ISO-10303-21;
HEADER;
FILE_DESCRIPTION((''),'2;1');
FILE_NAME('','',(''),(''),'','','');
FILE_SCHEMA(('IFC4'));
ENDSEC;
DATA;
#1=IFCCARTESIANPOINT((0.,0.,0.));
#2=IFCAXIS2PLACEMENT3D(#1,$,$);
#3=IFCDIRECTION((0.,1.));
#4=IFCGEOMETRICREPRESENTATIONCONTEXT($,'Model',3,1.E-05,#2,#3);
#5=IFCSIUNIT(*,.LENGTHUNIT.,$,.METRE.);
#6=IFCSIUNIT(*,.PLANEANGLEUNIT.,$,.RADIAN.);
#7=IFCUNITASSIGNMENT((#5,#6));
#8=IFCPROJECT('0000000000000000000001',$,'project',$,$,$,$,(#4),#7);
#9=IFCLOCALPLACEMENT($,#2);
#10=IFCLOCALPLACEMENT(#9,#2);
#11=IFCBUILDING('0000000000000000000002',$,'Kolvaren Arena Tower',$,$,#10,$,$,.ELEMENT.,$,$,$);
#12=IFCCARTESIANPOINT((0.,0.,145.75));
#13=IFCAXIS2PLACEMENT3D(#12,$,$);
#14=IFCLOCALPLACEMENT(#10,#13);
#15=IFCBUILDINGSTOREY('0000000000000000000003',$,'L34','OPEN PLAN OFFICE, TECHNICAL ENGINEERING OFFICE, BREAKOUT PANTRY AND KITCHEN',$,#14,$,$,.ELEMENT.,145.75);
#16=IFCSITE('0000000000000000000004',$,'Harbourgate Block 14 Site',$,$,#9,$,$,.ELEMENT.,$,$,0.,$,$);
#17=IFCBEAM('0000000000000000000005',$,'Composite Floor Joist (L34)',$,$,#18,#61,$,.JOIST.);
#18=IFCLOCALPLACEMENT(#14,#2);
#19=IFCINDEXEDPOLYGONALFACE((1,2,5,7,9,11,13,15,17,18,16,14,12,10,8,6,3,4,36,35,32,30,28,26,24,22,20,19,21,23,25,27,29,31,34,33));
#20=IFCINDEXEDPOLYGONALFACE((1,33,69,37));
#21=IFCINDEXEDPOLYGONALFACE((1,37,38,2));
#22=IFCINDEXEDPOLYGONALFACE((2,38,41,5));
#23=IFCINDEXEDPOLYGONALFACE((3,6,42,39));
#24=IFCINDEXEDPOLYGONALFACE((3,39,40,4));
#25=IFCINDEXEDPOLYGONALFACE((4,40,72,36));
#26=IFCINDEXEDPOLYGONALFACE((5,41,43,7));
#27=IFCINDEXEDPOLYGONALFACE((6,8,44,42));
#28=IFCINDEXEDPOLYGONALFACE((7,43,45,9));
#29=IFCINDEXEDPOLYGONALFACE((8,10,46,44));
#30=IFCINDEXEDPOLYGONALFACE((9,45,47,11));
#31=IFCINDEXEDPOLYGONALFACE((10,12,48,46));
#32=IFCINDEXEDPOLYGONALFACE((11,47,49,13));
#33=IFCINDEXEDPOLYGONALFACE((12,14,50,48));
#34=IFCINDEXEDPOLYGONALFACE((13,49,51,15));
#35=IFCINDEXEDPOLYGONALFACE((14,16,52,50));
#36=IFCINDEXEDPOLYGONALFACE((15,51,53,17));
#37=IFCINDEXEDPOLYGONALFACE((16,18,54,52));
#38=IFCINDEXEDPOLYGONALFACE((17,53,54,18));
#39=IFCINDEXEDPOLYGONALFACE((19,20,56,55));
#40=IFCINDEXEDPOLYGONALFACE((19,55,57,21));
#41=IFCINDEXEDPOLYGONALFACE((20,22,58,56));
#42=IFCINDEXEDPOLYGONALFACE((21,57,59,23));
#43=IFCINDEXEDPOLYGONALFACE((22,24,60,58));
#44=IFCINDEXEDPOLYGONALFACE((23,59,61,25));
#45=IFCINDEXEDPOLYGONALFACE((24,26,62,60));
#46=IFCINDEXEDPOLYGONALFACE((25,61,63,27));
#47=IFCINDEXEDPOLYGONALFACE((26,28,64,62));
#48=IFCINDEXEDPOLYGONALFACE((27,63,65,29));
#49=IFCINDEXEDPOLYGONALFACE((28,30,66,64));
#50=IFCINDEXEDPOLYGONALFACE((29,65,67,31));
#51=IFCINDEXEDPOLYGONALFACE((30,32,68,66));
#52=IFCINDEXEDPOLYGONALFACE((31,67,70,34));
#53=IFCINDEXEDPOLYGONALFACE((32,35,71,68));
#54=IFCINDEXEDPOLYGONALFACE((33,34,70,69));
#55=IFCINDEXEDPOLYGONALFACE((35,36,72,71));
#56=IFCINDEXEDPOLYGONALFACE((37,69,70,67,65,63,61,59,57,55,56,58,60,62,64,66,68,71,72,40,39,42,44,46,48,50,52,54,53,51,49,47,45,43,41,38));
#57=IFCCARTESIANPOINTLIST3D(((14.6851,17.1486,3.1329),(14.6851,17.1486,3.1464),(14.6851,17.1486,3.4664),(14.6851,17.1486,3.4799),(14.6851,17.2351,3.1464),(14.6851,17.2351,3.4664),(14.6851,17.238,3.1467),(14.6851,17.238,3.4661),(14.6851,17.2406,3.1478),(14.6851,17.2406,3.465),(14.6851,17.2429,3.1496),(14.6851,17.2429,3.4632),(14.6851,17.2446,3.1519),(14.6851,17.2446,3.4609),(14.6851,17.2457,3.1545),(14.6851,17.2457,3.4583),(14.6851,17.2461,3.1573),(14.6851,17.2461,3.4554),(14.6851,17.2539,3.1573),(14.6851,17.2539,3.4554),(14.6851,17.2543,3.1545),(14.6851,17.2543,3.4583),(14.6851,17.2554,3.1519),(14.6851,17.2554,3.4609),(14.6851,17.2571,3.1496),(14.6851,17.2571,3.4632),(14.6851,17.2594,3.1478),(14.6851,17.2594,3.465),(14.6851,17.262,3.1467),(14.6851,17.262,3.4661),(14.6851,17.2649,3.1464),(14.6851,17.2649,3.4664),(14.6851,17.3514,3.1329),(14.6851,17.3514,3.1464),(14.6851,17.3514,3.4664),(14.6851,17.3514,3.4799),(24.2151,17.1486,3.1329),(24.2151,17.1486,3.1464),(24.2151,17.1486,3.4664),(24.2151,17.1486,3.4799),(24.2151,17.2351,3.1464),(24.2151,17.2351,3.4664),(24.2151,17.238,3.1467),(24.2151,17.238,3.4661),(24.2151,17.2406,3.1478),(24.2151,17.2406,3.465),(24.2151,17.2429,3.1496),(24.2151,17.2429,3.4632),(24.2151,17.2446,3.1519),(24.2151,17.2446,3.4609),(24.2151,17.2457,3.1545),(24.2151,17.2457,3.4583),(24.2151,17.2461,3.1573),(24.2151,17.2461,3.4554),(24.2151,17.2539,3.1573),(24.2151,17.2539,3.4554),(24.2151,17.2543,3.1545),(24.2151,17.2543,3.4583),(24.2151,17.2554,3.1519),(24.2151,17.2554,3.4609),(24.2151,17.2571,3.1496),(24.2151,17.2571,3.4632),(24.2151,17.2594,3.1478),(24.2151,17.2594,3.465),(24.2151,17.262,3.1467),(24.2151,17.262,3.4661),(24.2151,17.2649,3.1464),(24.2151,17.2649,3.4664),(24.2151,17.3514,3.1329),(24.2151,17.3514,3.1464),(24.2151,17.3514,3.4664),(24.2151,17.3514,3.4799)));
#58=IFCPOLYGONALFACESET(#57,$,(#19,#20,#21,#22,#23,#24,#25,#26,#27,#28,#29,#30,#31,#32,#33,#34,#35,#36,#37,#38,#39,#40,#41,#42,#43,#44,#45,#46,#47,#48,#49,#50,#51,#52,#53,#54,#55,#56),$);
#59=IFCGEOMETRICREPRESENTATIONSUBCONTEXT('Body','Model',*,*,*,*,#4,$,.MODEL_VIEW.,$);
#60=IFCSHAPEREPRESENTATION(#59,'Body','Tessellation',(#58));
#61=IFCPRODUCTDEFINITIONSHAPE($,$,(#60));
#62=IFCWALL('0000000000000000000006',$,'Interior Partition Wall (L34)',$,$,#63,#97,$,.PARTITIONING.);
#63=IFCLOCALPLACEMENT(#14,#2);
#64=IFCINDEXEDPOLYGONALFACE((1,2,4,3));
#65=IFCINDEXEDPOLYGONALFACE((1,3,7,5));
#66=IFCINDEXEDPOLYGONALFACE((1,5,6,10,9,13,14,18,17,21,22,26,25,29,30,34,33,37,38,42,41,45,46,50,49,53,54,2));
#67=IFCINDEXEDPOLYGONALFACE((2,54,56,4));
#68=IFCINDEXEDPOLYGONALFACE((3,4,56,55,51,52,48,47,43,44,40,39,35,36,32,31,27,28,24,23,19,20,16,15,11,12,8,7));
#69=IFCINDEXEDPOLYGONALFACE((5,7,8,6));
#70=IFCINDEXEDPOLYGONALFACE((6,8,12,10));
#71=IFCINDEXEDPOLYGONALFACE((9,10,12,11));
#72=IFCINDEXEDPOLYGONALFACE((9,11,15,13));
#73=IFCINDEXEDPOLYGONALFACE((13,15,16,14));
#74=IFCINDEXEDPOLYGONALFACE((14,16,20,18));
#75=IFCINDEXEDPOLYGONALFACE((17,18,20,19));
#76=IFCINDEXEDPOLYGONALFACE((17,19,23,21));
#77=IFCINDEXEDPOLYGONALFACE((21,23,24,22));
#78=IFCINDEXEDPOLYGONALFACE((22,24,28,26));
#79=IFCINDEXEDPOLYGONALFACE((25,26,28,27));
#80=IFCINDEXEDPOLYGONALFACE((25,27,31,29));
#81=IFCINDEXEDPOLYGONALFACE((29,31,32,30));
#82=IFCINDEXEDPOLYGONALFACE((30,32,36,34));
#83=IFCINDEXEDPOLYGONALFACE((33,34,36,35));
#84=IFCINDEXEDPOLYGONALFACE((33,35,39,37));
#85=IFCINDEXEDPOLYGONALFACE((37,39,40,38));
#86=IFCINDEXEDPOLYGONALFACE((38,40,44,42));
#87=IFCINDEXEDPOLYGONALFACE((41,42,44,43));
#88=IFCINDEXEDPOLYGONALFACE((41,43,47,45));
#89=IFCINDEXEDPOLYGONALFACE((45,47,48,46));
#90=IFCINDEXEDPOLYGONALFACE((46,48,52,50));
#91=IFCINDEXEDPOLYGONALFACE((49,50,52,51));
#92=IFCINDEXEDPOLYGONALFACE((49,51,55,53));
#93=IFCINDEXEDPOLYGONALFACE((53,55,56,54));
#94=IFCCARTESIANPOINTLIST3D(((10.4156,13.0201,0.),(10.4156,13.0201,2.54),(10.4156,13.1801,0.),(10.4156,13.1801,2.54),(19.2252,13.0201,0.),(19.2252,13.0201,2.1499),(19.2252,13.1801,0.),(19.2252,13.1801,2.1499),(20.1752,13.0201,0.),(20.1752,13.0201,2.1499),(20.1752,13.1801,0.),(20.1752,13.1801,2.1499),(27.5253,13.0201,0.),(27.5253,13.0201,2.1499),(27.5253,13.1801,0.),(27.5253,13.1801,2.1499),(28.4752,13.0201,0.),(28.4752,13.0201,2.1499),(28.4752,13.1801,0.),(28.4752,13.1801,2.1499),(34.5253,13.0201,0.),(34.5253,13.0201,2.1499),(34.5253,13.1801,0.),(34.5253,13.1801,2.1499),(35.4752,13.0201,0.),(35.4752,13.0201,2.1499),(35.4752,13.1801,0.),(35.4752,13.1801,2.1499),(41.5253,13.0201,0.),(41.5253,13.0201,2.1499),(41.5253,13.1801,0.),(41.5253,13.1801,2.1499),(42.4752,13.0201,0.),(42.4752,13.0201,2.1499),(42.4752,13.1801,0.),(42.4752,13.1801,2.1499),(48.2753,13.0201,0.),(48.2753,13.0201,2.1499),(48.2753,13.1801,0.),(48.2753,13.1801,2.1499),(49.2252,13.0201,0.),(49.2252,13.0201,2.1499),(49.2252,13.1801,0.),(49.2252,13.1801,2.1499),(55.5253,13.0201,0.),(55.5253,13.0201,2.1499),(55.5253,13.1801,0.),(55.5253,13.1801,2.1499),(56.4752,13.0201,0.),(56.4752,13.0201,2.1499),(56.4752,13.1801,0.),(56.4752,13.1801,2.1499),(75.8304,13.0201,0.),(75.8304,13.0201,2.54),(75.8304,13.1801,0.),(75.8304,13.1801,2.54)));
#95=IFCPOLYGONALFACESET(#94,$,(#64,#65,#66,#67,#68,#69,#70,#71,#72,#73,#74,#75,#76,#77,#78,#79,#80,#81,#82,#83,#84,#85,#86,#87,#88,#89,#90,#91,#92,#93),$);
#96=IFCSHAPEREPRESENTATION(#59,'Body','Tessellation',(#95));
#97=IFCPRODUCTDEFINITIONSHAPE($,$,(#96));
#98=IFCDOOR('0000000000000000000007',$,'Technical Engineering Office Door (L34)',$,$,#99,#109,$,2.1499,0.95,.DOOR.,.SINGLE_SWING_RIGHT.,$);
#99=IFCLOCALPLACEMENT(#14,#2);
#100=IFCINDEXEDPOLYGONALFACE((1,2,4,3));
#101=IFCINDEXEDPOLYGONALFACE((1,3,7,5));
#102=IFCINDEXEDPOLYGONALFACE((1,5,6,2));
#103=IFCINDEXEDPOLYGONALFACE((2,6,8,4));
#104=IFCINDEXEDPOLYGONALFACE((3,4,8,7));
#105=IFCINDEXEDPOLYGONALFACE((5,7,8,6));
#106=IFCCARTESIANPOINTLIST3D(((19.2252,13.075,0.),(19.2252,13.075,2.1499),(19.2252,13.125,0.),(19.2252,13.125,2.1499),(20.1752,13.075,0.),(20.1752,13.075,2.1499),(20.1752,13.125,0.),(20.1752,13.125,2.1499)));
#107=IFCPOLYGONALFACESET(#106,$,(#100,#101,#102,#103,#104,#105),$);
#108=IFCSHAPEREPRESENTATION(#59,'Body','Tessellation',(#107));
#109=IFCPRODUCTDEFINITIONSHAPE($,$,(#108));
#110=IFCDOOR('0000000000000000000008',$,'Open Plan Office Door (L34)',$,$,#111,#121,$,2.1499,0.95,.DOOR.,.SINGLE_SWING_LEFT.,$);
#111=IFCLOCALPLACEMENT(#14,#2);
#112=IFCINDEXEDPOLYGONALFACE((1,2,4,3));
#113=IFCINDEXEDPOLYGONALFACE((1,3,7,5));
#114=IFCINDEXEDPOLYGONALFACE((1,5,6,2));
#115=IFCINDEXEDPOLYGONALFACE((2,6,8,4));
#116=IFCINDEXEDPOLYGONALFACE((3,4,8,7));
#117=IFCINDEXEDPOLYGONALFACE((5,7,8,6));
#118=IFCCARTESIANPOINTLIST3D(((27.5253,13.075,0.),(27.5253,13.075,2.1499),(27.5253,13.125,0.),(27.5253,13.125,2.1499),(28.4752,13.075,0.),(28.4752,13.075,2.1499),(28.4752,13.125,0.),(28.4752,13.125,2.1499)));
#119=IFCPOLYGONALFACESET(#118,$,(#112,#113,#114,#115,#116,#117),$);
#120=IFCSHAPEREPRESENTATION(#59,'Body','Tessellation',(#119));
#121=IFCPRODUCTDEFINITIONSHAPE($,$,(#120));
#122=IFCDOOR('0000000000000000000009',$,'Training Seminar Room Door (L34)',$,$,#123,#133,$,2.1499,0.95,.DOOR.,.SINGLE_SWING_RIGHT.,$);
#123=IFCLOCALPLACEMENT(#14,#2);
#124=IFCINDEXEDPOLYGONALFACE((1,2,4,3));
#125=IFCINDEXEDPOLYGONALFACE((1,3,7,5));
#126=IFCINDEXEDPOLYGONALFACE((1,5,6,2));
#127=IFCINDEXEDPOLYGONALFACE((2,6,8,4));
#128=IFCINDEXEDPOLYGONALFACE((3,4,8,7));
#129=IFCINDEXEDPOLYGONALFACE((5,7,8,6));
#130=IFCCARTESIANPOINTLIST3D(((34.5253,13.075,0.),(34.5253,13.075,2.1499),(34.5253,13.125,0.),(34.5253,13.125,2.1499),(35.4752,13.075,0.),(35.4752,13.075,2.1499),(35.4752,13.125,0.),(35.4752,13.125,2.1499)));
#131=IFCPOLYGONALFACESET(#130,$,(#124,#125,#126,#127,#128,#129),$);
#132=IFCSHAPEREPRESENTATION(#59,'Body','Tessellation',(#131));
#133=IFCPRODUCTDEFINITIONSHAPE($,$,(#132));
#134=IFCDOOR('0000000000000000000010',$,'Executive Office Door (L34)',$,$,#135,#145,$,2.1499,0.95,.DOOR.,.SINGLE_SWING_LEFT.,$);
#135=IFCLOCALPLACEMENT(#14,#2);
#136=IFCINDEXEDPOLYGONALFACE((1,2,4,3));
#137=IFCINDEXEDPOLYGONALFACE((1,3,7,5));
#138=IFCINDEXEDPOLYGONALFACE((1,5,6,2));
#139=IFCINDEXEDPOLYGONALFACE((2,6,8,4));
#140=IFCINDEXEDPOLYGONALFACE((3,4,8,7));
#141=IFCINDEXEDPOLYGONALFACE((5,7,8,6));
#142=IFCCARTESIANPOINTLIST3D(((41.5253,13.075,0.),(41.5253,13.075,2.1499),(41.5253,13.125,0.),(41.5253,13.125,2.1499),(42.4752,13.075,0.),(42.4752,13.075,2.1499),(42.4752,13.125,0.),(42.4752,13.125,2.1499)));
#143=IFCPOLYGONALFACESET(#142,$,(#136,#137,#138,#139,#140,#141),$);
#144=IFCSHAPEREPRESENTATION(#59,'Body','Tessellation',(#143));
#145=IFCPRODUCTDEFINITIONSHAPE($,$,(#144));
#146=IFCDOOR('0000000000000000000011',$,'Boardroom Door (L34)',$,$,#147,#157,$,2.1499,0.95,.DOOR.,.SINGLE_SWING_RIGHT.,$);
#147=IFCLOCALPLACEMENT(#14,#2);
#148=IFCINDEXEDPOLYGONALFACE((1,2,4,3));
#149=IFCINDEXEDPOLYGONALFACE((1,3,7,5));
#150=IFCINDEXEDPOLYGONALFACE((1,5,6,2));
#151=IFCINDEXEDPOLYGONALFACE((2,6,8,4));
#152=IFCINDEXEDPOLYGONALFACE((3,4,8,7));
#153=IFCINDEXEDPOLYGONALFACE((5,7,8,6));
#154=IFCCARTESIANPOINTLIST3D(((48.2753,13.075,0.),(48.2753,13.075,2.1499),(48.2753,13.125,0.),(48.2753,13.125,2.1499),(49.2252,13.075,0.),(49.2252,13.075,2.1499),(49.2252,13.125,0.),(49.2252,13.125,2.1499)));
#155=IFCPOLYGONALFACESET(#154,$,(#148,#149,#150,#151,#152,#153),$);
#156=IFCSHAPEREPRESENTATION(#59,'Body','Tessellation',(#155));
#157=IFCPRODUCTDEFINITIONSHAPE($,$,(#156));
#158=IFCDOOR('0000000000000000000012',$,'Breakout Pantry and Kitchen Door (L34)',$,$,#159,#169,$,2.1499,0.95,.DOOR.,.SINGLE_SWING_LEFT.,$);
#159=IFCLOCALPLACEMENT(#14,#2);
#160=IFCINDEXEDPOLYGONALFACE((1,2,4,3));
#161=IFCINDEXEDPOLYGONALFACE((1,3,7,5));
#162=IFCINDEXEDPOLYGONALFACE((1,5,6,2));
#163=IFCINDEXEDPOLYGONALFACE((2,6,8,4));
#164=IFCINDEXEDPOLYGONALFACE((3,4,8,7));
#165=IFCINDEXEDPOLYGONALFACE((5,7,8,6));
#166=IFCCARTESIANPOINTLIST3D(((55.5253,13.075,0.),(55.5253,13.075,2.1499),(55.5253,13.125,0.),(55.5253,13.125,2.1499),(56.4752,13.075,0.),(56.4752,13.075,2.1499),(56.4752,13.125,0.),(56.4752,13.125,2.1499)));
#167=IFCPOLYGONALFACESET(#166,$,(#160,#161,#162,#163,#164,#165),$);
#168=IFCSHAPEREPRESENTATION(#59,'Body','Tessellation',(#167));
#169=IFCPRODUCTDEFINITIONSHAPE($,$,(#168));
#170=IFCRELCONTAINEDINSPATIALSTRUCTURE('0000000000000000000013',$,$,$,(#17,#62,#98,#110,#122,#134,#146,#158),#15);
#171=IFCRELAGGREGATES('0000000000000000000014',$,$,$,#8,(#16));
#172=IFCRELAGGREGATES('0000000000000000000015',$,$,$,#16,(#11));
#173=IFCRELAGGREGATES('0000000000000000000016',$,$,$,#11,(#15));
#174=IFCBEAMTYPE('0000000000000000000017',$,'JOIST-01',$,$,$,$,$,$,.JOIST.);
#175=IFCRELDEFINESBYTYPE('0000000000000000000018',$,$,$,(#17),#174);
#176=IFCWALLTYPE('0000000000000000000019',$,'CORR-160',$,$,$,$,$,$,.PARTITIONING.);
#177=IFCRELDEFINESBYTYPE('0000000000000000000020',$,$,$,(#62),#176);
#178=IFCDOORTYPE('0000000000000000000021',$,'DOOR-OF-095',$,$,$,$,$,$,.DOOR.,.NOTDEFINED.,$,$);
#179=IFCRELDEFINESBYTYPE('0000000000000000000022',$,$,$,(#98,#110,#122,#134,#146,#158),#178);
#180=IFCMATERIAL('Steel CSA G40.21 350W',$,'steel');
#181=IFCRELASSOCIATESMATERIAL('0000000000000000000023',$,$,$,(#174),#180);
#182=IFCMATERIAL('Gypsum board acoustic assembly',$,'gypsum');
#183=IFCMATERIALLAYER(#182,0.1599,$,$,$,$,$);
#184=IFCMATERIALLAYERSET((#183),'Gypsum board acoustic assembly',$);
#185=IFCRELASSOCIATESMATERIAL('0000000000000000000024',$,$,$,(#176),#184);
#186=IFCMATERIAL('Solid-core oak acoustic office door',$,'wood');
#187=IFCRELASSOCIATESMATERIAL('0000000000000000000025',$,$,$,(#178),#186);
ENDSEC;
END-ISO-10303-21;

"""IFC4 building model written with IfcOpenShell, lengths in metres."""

from ifc_helpers import new_model, si_unit, direction, frame, frame_2d, origin, origin_2d, place, context, subcontext, project, spatial, rectangle, i_section, extrude, material, layer, layer_set, material_profile, profile_set, type_object, element, fill, save


model = new_model("IFC4")

# Units and contexts
model_context = context("Model", 3, precision=1e-05, world=origin(), true_north=direction((0.0, 1.0)))
body_context = subcontext(model_context, "Body", "Model", "MODEL_VIEW")
ifc_project = project(units=[si_unit("LENGTHUNIT", "METRE"), si_unit("PLANEANGLEUNIT", "RADIAN")], contexts=[model_context])

# Site, building, storey
site_placement = place(None, origin())
site = spatial("IfcSite", under=ifc_project, at=site_placement, Name="Harbourgate Block 14 Site", CompositionType="ELEMENT", RefElevation=0.0)
building_placement = place(site_placement, origin())
building = spatial("IfcBuilding", under=site, at=building_placement, Name="Kolvaren Arena Tower", CompositionType="ELEMENT")
storey_placement = place(building_placement, frame((0.0, 0.0, 145.75)))
storey = spatial("IfcBuildingStorey", under=building, at=storey_placement, Name="L34", Description="OPEN PLAN OFFICE, TECHNICAL ENGINEERING OFFICE, BREAKOUT PANTRY AND KITCHEN", CompositionType="ELEMENT", Elevation=145.75)

# Beam
ifc_material_1 = material(Name="Steel CSA G40.21 350W", Category="steel")
ifc_material_profile_1 = material_profile(ifc_material_1, i_section(OverallWidth=0.2029, OverallDepth=0.3469, WebThickness=0.0078, FlangeThickness=0.0134, FilletRadius=0.011, at=origin_2d()), Name="W360x64")
ifc_profile_set_1 = profile_set([ifc_material_profile_1], Name="Steel CSA G40.21 350W")
beam_type_1 = type_object("IfcBeamType", Name="JOIST-01", PredefinedType="JOIST", material=ifc_profile_set_1)
beam_1_placement = place(storey_placement, frame((14.6851, 17.25, 3.3064), z_axis=(1.0, 0.0, 0.0), x_axis=(0.0, 1.0, 0.0)))
element("IfcBeam", 1, at=beam_1_placement, inside=storey, type_object=beam_type_1, Name="Composite Floor Joist (L34)", PredefinedType="JOIST", context=body_context, shape_type="SweptSolid", body=[
    extrude(i_section(OverallWidth=0.2029, OverallDepth=0.3469, WebThickness=0.0078, FlangeThickness=0.0134, FilletRadius=0.011, at=origin_2d()), origin(), (0.0, 0.0, 1.0), 9.53),
])

# Wall, openings, doors
ifc_material_2 = material(Name="Gypsum board acoustic assembly", Category="gypsum")
ifc_layer_1 = layer(ifc_material_2, 0.1599)
ifc_layer_set_1 = layer_set([ifc_layer_1], Name="Gypsum board acoustic assembly")
wall_type_1 = type_object("IfcWallType", Name="CORR-160", PredefinedType="PARTITIONING", material=ifc_layer_set_1)
wall_1_placement = place(storey_placement, frame((10.4155, 13.1001, 0.0), z_axis=(0.0, 0.0, 1.0), x_axis=(1.0, 0.0, 0.0)))
wall_1 = element("IfcWall", 2, at=wall_1_placement, inside=storey, type_object=wall_type_1, Name="Interior Partition Wall (L34)", PredefinedType="PARTITIONING", context=body_context, shape_type="SweptSolid", body=[
    extrude(rectangle(XDim=65.4148, YDim=0.1599, at=frame_2d((32.7075, 0.0))), origin(), (0.0, 0.0, 1.0), 2.54),
])
opening_1_placement = place(wall_1_placement, frame((8.8096, 0.0, 0.0)))
opening_1 = element("IfcOpeningElement", 3, at=opening_1_placement, cuts=wall_1, PredefinedType="OPENING", context=body_context, shape_type="SweptSolid", body=[
    extrude(rectangle(XDim=0.95, YDim=2.1499, at=frame_2d((0.4751, 1.075))), frame((0.0, 0.0898, 0.0), z_axis=(0.0, -1.0, 0.0), x_axis=(1.0, 0.0, 0.0)), (0.0, 0.0, 1.0), 0.1799),
])
opening_2_placement = place(wall_1_placement, frame((17.1096, 0.0, 0.0)))
opening_2 = element("IfcOpeningElement", 4, at=opening_2_placement, cuts=wall_1, PredefinedType="OPENING", context=body_context, shape_type="SweptSolid", body=[
    extrude(rectangle(XDim=0.95, YDim=2.1499, at=frame_2d((0.4751, 1.075))), frame((0.0, 0.0898, 0.0), z_axis=(0.0, -1.0, 0.0), x_axis=(1.0, 0.0, 0.0)), (0.0, 0.0, 1.0), 0.1799),
])
opening_3_placement = place(wall_1_placement, frame((24.1096, 0.0, 0.0)))
opening_3 = element("IfcOpeningElement", 5, at=opening_3_placement, cuts=wall_1, PredefinedType="OPENING", context=body_context, shape_type="SweptSolid", body=[
    extrude(rectangle(XDim=0.95, YDim=2.1499, at=frame_2d((0.4751, 1.075))), frame((0.0, 0.0898, 0.0), z_axis=(0.0, -1.0, 0.0), x_axis=(1.0, 0.0, 0.0)), (0.0, 0.0, 1.0), 0.1799),
])
opening_4_placement = place(wall_1_placement, frame((31.1096, 0.0, 0.0)))
opening_4 = element("IfcOpeningElement", 6, at=opening_4_placement, cuts=wall_1, PredefinedType="OPENING", context=body_context, shape_type="SweptSolid", body=[
    extrude(rectangle(XDim=0.95, YDim=2.1499, at=frame_2d((0.4751, 1.075))), frame((0.0, 0.0898, 0.0), z_axis=(0.0, -1.0, 0.0), x_axis=(1.0, 0.0, 0.0)), (0.0, 0.0, 1.0), 0.1799),
])
opening_5_placement = place(wall_1_placement, frame((37.8596, 0.0, 0.0)))
opening_5 = element("IfcOpeningElement", 7, at=opening_5_placement, cuts=wall_1, PredefinedType="OPENING", context=body_context, shape_type="SweptSolid", body=[
    extrude(rectangle(XDim=0.95, YDim=2.1499, at=frame_2d((0.4751, 1.075))), frame((0.0, 0.0898, 0.0), z_axis=(0.0, -1.0, 0.0), x_axis=(1.0, 0.0, 0.0)), (0.0, 0.0, 1.0), 0.1799),
])
opening_6_placement = place(wall_1_placement, frame((45.1096, 0.0, 0.0)))
opening_6 = element("IfcOpeningElement", 8, at=opening_6_placement, cuts=wall_1, PredefinedType="OPENING", context=body_context, shape_type="SweptSolid", body=[
    extrude(rectangle(XDim=0.95, YDim=2.1499, at=frame_2d((0.4751, 1.075))), frame((0.0, 0.0898, 0.0), z_axis=(0.0, -1.0, 0.0), x_axis=(1.0, 0.0, 0.0)), (0.0, 0.0, 1.0), 0.1799),
])
ifc_material_3 = material(Name="Solid-core oak acoustic office door", Category="wood")
door_type_1 = type_object("IfcDoorType", Name="DOOR-OF-095", OperationType="NOTDEFINED", PredefinedType="DOOR", material=ifc_material_3)
door_1_placement = place(opening_1_placement, origin())
door_1 = element("IfcDoor", 9, at=door_1_placement, inside=storey, type_object=door_type_1, Name="Technical Engineering Office Door (L34)", OperationType="SINGLE_SWING_RIGHT", OverallHeight=2.1499, OverallWidth=0.95, PredefinedType="DOOR", context=body_context, shape_type="SweptSolid", body=[
    extrude(rectangle(XDim=0.95, YDim=2.1499, at=frame_2d((0.4751, 1.075))), frame((0.0, 0.0249, 0.0), z_axis=(0.0, -1.0, 0.0), x_axis=(1.0, 0.0, 0.0)), (0.0, 0.0, 1.0), 0.05),
])
fill(opening_1, door_1)
door_2_placement = place(opening_2_placement, origin())
door_2 = element("IfcDoor", 10, at=door_2_placement, inside=storey, type_object=door_type_1, Name="Open Plan Office Door (L34)", OperationType="SINGLE_SWING_LEFT", OverallHeight=2.1499, OverallWidth=0.95, PredefinedType="DOOR", context=body_context, shape_type="SweptSolid", body=[
    extrude(rectangle(XDim=0.95, YDim=2.1499, at=frame_2d((0.4751, 1.075))), frame((0.0, 0.0249, 0.0), z_axis=(0.0, -1.0, 0.0), x_axis=(1.0, 0.0, 0.0)), (0.0, 0.0, 1.0), 0.05),
])
fill(opening_2, door_2)
door_3_placement = place(opening_3_placement, origin())
door_3 = element("IfcDoor", 11, at=door_3_placement, inside=storey, type_object=door_type_1, Name="Training Seminar Room Door (L34)", OperationType="SINGLE_SWING_RIGHT", OverallHeight=2.1499, OverallWidth=0.95, PredefinedType="DOOR", context=body_context, shape_type="SweptSolid", body=[
    extrude(rectangle(XDim=0.95, YDim=2.1499, at=frame_2d((0.4751, 1.075))), frame((0.0, 0.0249, 0.0), z_axis=(0.0, -1.0, 0.0), x_axis=(1.0, 0.0, 0.0)), (0.0, 0.0, 1.0), 0.05),
])
fill(opening_3, door_3)
door_4_placement = place(opening_4_placement, origin())
door_4 = element("IfcDoor", 12, at=door_4_placement, inside=storey, type_object=door_type_1, Name="Executive Office Door (L34)", OperationType="SINGLE_SWING_LEFT", OverallHeight=2.1499, OverallWidth=0.95, PredefinedType="DOOR", context=body_context, shape_type="SweptSolid", body=[
    extrude(rectangle(XDim=0.95, YDim=2.1499, at=frame_2d((0.4751, 1.075))), frame((0.0, 0.0249, 0.0), z_axis=(0.0, -1.0, 0.0), x_axis=(1.0, 0.0, 0.0)), (0.0, 0.0, 1.0), 0.05),
])
fill(opening_4, door_4)
door_5_placement = place(opening_5_placement, origin())
door_5 = element("IfcDoor", 13, at=door_5_placement, inside=storey, type_object=door_type_1, Name="Boardroom Door (L34)", OperationType="SINGLE_SWING_RIGHT", OverallHeight=2.1499, OverallWidth=0.95, PredefinedType="DOOR", context=body_context, shape_type="SweptSolid", body=[
    extrude(rectangle(XDim=0.95, YDim=2.1499, at=frame_2d((0.4751, 1.075))), frame((0.0, 0.0249, 0.0), z_axis=(0.0, -1.0, 0.0), x_axis=(1.0, 0.0, 0.0)), (0.0, 0.0, 1.0), 0.05),
])
fill(opening_5, door_5)
door_6_placement = place(opening_6_placement, origin())
door_6 = element("IfcDoor", 14, at=door_6_placement, inside=storey, type_object=door_type_1, Name="Breakout Pantry and Kitchen Door (L34)", OperationType="SINGLE_SWING_LEFT", OverallHeight=2.1499, OverallWidth=0.95, PredefinedType="DOOR", context=body_context, shape_type="SweptSolid", body=[
    extrude(rectangle(XDim=0.95, YDim=2.1499, at=frame_2d((0.4751, 1.075))), frame((0.0, 0.0249, 0.0), z_axis=(0.0, -1.0, 0.0), x_axis=(1.0, 0.0, 0.0)), (0.0, 0.0, 1.0), 0.05),
])
fill(opening_6, door_6)

save(model, "model.ifc")
